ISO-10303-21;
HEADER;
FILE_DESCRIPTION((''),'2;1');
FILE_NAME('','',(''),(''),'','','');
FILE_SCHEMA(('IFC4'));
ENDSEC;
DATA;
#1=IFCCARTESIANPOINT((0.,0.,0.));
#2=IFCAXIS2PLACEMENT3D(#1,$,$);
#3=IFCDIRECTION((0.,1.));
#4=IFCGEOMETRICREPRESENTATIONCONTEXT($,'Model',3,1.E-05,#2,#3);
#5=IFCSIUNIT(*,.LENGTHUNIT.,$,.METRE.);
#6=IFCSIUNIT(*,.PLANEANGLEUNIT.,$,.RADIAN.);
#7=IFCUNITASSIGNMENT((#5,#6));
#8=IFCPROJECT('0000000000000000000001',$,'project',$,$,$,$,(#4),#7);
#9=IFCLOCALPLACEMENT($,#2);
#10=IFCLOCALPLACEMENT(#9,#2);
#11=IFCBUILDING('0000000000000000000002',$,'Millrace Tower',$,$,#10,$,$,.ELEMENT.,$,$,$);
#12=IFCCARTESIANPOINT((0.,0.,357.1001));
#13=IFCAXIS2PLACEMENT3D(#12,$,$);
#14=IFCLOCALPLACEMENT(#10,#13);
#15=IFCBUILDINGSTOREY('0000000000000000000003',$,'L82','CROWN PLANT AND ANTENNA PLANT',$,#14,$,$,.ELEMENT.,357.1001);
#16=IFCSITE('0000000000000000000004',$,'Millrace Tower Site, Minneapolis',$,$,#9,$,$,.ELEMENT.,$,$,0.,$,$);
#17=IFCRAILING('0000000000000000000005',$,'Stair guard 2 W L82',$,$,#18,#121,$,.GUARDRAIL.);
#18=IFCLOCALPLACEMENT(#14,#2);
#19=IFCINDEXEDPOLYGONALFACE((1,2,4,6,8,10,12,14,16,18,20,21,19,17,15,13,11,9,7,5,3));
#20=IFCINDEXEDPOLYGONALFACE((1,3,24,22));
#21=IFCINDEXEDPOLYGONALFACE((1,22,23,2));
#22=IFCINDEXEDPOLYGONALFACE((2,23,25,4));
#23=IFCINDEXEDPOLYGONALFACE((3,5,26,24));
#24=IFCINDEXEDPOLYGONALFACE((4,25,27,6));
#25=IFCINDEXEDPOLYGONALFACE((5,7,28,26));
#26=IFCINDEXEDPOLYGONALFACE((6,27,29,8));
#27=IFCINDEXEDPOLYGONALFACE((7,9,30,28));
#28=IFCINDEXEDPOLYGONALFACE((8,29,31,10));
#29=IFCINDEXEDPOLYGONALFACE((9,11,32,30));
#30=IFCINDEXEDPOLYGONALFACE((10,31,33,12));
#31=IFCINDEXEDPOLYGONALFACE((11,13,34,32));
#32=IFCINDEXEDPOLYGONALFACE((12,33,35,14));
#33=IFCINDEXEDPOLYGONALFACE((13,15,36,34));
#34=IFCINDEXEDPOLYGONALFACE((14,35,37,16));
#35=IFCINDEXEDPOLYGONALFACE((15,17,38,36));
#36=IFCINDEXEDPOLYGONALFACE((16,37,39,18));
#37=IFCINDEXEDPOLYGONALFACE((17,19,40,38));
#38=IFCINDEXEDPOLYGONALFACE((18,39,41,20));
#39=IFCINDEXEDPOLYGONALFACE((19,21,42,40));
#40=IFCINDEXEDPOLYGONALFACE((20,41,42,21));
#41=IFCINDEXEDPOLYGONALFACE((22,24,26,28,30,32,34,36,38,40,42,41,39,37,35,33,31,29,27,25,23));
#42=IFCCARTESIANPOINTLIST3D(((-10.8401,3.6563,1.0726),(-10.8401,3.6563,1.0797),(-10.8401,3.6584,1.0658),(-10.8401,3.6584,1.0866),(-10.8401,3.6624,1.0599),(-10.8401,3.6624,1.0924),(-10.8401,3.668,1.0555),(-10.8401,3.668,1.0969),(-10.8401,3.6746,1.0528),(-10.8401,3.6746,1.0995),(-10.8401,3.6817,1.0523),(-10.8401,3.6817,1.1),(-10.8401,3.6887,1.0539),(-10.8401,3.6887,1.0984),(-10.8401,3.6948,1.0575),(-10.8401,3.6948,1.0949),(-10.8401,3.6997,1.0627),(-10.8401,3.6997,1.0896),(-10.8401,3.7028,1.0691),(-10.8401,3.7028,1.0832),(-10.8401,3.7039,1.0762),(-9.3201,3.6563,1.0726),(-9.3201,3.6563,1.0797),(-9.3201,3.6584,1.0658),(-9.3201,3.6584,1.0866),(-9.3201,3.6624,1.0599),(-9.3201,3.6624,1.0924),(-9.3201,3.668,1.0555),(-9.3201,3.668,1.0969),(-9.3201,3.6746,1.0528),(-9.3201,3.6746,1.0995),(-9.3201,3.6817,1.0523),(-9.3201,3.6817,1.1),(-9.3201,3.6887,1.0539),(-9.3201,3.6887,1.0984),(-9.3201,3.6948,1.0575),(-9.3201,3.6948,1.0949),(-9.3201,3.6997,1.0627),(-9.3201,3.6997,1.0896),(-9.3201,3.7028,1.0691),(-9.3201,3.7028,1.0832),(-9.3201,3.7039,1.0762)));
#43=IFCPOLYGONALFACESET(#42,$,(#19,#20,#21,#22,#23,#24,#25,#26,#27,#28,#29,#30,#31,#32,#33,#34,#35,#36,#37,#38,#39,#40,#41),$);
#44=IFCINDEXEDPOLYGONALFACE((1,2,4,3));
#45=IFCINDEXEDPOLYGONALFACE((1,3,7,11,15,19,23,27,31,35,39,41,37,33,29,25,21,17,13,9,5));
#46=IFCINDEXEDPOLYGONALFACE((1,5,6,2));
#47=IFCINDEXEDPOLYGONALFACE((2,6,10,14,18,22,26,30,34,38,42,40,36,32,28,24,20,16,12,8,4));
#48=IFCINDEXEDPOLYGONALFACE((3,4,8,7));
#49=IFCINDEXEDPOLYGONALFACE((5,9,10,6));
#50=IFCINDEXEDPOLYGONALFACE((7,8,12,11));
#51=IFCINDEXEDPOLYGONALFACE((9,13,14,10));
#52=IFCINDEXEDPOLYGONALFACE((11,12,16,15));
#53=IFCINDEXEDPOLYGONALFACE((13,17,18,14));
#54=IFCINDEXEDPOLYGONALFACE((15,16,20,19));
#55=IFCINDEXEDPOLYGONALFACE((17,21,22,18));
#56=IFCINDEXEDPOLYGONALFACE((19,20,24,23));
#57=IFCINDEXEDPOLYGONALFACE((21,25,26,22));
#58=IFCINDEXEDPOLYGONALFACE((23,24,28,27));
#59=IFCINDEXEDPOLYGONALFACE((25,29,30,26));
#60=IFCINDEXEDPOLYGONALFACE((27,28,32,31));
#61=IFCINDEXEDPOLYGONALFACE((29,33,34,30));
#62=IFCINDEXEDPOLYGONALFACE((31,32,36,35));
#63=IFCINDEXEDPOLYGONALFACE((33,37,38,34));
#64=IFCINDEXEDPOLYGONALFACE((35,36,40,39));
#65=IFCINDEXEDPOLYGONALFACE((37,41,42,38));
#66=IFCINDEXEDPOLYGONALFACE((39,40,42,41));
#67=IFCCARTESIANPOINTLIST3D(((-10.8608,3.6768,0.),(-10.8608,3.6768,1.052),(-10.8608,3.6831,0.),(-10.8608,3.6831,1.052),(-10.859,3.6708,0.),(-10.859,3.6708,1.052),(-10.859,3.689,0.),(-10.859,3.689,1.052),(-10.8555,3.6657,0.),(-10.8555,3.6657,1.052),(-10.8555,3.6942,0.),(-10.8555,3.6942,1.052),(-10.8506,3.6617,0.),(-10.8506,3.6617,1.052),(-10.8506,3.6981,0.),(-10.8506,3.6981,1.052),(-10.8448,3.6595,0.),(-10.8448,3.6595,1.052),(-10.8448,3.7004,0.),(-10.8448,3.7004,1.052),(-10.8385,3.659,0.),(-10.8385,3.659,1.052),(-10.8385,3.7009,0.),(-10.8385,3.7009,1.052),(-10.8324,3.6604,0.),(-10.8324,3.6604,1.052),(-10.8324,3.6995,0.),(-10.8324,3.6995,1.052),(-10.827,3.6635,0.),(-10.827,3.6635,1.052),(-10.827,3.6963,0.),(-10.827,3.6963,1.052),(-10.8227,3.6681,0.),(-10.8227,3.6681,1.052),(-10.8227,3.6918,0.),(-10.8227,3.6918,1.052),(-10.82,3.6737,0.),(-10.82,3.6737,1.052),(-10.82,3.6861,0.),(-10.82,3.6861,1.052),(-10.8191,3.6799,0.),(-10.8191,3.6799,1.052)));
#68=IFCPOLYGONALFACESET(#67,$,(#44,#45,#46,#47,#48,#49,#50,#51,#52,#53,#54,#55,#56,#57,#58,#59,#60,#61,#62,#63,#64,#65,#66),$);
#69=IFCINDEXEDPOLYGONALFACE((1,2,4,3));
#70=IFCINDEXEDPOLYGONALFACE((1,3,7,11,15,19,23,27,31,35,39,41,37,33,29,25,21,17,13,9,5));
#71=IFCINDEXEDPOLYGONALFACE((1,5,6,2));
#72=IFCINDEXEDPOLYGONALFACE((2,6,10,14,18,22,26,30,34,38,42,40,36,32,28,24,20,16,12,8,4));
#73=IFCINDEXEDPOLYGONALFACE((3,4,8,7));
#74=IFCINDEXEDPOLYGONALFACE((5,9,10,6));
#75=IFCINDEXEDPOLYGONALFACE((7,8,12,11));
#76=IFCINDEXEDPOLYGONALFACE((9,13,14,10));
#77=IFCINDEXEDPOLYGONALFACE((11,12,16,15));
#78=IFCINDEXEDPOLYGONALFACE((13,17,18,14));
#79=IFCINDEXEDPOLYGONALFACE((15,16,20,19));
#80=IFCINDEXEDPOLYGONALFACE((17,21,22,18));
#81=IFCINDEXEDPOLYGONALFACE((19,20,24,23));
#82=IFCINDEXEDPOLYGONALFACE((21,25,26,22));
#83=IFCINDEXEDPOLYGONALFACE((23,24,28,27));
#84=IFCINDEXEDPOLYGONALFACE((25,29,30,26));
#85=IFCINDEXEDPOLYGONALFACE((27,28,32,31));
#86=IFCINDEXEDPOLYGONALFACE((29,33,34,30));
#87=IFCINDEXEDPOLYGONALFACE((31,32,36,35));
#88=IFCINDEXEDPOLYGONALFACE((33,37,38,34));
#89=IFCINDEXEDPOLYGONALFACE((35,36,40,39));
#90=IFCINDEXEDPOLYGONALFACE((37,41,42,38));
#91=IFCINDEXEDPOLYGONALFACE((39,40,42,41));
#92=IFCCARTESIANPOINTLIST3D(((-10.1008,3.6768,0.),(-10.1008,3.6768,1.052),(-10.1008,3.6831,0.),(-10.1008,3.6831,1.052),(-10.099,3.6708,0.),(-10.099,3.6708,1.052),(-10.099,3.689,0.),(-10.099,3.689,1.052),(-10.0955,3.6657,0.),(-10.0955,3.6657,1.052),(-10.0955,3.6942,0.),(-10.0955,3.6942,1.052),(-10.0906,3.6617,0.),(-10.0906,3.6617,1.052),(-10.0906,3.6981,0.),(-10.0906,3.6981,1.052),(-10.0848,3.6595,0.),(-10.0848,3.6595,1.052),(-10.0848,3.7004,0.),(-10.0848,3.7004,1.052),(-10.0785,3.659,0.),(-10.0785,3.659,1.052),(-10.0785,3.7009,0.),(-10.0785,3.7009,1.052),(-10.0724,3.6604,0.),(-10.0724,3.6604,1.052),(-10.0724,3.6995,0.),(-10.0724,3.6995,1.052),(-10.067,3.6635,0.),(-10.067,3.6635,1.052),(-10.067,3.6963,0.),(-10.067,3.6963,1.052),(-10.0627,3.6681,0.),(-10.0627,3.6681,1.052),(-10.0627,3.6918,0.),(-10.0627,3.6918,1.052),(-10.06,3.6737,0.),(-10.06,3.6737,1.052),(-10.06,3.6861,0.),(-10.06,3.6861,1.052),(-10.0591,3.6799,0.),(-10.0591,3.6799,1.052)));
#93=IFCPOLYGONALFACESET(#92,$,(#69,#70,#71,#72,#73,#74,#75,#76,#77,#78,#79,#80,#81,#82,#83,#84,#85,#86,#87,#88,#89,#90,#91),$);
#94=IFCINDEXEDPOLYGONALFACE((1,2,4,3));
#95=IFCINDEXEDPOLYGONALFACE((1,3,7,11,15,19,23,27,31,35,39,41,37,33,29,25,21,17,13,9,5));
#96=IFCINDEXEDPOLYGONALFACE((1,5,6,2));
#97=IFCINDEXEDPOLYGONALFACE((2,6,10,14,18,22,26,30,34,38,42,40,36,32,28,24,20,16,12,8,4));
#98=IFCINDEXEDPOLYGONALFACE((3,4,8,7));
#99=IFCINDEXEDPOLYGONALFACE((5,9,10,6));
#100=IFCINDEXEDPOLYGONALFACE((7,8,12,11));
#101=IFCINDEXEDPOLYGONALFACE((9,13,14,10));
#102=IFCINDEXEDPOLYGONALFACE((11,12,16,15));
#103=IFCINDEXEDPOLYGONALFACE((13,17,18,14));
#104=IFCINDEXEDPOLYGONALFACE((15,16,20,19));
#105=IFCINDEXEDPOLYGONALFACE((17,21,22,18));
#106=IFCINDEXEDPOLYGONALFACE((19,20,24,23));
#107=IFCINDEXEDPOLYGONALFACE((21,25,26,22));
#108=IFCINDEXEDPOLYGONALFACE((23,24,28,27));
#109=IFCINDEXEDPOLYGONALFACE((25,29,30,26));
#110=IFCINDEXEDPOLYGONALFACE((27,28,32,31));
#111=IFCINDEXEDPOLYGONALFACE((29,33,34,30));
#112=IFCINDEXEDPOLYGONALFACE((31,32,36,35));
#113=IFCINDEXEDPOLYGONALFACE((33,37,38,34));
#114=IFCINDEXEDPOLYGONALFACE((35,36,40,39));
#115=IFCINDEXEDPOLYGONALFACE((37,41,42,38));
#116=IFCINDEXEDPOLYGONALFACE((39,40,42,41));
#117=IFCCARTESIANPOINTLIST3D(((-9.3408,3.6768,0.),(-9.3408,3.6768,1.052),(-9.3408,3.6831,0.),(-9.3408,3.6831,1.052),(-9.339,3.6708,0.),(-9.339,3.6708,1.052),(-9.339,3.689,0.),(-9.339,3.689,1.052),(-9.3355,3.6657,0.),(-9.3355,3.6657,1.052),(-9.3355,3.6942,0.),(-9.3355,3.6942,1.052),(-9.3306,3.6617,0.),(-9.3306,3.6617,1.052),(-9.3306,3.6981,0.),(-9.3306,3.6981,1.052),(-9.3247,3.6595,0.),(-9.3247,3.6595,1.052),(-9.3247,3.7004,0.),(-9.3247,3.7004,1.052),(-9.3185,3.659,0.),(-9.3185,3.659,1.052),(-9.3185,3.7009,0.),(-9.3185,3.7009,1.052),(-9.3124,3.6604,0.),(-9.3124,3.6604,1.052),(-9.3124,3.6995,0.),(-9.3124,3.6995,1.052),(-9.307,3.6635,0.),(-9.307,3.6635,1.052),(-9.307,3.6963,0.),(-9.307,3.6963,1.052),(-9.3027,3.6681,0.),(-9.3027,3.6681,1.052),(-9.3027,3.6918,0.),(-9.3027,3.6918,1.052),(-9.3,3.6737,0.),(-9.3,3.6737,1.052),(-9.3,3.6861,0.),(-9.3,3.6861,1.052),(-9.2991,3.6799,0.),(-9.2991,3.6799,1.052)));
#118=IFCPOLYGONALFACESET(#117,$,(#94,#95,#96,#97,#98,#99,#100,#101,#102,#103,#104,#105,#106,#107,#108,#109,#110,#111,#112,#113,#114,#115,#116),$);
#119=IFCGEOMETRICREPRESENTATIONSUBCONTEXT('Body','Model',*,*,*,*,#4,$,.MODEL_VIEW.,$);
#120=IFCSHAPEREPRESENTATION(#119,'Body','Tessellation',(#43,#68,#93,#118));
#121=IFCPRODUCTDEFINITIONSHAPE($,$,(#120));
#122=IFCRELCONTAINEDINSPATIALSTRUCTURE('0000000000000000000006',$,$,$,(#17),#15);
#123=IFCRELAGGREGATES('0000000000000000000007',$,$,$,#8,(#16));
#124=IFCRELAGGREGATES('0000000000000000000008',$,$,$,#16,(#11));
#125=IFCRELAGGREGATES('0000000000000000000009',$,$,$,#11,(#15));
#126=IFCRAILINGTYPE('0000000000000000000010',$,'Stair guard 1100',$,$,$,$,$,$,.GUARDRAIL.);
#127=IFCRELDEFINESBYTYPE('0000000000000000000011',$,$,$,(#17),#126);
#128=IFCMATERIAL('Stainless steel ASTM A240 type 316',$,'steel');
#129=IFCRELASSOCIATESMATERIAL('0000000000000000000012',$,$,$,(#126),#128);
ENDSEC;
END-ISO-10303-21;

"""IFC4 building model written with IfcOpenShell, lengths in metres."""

from ifc_helpers import new_model, si_unit, direction, frame, origin, origin_2d, place, context, subcontext, project, spatial, circle, extrude, material, type_object, element, save


model = new_model("IFC4")

# Units and contexts
model_context = context("Model", 3, precision=1e-05, world=origin(), true_north=direction((0.0, 1.0)))
body_context = subcontext(model_context, "Body", "Model", "MODEL_VIEW")
ifc_project = project(units=[si_unit("LENGTHUNIT", "METRE"), si_unit("PLANEANGLEUNIT", "RADIAN")], contexts=[model_context])

# Site, building, storey
site_placement = place(None, origin())
site = spatial("IfcSite", under=ifc_project, at=site_placement, Name="Millrace Tower Site, Minneapolis", CompositionType="ELEMENT", RefElevation=0.0)
building_placement = place(site_placement, origin())
building = spatial("IfcBuilding", under=site, at=building_placement, Name="Millrace Tower", CompositionType="ELEMENT")
storey_placement = place(building_placement, frame((0.0, 0.0, 357.1001)))
storey = spatial("IfcBuildingStorey", under=building, at=storey_placement, Name="L82", Description="CROWN PLANT AND ANTENNA PLANT", CompositionType="ELEMENT", Elevation=357.1001)

# Railing
ifc_material_1 = material(Name="Stainless steel ASTM A240 type 316", Category="steel")
railing_type = type_object("IfcRailingType", Name="Stair guard 1100", PredefinedType="GUARDRAIL", material=ifc_material_1)
railing_placement = place(storey_placement, frame((-10.8401, 3.6799, 0.0)))
element("IfcRailing", 1, at=railing_placement, inside=storey, type_object=railing_type, Name="Stair guard 2 W L82", PredefinedType="GUARDRAIL", context=body_context, shape_type="SweptSolid", body=[
    extrude(circle(Radius=0.0239, at=origin_2d()), frame((0.0, 0.0, 1.0762), z_axis=(1.0, 0.0, 0.0), x_axis=(0.0, 1.0, 0.0)), (0.0, 0.0, 1.0), 1.52),
    extrude(circle(Radius=0.021, at=origin_2d()), origin(), (0.0, 0.0, 1.0), 1.052),
    extrude(circle(Radius=0.021, at=origin_2d()), frame((0.76, 0.0, 0.0)), (0.0, 0.0, 1.0), 1.052),
    extrude(circle(Radius=0.021, at=origin_2d()), frame((1.52, 0.0, 0.0)), (0.0, 0.0, 1.0), 1.052),
])

save(model, "model.ifc")
